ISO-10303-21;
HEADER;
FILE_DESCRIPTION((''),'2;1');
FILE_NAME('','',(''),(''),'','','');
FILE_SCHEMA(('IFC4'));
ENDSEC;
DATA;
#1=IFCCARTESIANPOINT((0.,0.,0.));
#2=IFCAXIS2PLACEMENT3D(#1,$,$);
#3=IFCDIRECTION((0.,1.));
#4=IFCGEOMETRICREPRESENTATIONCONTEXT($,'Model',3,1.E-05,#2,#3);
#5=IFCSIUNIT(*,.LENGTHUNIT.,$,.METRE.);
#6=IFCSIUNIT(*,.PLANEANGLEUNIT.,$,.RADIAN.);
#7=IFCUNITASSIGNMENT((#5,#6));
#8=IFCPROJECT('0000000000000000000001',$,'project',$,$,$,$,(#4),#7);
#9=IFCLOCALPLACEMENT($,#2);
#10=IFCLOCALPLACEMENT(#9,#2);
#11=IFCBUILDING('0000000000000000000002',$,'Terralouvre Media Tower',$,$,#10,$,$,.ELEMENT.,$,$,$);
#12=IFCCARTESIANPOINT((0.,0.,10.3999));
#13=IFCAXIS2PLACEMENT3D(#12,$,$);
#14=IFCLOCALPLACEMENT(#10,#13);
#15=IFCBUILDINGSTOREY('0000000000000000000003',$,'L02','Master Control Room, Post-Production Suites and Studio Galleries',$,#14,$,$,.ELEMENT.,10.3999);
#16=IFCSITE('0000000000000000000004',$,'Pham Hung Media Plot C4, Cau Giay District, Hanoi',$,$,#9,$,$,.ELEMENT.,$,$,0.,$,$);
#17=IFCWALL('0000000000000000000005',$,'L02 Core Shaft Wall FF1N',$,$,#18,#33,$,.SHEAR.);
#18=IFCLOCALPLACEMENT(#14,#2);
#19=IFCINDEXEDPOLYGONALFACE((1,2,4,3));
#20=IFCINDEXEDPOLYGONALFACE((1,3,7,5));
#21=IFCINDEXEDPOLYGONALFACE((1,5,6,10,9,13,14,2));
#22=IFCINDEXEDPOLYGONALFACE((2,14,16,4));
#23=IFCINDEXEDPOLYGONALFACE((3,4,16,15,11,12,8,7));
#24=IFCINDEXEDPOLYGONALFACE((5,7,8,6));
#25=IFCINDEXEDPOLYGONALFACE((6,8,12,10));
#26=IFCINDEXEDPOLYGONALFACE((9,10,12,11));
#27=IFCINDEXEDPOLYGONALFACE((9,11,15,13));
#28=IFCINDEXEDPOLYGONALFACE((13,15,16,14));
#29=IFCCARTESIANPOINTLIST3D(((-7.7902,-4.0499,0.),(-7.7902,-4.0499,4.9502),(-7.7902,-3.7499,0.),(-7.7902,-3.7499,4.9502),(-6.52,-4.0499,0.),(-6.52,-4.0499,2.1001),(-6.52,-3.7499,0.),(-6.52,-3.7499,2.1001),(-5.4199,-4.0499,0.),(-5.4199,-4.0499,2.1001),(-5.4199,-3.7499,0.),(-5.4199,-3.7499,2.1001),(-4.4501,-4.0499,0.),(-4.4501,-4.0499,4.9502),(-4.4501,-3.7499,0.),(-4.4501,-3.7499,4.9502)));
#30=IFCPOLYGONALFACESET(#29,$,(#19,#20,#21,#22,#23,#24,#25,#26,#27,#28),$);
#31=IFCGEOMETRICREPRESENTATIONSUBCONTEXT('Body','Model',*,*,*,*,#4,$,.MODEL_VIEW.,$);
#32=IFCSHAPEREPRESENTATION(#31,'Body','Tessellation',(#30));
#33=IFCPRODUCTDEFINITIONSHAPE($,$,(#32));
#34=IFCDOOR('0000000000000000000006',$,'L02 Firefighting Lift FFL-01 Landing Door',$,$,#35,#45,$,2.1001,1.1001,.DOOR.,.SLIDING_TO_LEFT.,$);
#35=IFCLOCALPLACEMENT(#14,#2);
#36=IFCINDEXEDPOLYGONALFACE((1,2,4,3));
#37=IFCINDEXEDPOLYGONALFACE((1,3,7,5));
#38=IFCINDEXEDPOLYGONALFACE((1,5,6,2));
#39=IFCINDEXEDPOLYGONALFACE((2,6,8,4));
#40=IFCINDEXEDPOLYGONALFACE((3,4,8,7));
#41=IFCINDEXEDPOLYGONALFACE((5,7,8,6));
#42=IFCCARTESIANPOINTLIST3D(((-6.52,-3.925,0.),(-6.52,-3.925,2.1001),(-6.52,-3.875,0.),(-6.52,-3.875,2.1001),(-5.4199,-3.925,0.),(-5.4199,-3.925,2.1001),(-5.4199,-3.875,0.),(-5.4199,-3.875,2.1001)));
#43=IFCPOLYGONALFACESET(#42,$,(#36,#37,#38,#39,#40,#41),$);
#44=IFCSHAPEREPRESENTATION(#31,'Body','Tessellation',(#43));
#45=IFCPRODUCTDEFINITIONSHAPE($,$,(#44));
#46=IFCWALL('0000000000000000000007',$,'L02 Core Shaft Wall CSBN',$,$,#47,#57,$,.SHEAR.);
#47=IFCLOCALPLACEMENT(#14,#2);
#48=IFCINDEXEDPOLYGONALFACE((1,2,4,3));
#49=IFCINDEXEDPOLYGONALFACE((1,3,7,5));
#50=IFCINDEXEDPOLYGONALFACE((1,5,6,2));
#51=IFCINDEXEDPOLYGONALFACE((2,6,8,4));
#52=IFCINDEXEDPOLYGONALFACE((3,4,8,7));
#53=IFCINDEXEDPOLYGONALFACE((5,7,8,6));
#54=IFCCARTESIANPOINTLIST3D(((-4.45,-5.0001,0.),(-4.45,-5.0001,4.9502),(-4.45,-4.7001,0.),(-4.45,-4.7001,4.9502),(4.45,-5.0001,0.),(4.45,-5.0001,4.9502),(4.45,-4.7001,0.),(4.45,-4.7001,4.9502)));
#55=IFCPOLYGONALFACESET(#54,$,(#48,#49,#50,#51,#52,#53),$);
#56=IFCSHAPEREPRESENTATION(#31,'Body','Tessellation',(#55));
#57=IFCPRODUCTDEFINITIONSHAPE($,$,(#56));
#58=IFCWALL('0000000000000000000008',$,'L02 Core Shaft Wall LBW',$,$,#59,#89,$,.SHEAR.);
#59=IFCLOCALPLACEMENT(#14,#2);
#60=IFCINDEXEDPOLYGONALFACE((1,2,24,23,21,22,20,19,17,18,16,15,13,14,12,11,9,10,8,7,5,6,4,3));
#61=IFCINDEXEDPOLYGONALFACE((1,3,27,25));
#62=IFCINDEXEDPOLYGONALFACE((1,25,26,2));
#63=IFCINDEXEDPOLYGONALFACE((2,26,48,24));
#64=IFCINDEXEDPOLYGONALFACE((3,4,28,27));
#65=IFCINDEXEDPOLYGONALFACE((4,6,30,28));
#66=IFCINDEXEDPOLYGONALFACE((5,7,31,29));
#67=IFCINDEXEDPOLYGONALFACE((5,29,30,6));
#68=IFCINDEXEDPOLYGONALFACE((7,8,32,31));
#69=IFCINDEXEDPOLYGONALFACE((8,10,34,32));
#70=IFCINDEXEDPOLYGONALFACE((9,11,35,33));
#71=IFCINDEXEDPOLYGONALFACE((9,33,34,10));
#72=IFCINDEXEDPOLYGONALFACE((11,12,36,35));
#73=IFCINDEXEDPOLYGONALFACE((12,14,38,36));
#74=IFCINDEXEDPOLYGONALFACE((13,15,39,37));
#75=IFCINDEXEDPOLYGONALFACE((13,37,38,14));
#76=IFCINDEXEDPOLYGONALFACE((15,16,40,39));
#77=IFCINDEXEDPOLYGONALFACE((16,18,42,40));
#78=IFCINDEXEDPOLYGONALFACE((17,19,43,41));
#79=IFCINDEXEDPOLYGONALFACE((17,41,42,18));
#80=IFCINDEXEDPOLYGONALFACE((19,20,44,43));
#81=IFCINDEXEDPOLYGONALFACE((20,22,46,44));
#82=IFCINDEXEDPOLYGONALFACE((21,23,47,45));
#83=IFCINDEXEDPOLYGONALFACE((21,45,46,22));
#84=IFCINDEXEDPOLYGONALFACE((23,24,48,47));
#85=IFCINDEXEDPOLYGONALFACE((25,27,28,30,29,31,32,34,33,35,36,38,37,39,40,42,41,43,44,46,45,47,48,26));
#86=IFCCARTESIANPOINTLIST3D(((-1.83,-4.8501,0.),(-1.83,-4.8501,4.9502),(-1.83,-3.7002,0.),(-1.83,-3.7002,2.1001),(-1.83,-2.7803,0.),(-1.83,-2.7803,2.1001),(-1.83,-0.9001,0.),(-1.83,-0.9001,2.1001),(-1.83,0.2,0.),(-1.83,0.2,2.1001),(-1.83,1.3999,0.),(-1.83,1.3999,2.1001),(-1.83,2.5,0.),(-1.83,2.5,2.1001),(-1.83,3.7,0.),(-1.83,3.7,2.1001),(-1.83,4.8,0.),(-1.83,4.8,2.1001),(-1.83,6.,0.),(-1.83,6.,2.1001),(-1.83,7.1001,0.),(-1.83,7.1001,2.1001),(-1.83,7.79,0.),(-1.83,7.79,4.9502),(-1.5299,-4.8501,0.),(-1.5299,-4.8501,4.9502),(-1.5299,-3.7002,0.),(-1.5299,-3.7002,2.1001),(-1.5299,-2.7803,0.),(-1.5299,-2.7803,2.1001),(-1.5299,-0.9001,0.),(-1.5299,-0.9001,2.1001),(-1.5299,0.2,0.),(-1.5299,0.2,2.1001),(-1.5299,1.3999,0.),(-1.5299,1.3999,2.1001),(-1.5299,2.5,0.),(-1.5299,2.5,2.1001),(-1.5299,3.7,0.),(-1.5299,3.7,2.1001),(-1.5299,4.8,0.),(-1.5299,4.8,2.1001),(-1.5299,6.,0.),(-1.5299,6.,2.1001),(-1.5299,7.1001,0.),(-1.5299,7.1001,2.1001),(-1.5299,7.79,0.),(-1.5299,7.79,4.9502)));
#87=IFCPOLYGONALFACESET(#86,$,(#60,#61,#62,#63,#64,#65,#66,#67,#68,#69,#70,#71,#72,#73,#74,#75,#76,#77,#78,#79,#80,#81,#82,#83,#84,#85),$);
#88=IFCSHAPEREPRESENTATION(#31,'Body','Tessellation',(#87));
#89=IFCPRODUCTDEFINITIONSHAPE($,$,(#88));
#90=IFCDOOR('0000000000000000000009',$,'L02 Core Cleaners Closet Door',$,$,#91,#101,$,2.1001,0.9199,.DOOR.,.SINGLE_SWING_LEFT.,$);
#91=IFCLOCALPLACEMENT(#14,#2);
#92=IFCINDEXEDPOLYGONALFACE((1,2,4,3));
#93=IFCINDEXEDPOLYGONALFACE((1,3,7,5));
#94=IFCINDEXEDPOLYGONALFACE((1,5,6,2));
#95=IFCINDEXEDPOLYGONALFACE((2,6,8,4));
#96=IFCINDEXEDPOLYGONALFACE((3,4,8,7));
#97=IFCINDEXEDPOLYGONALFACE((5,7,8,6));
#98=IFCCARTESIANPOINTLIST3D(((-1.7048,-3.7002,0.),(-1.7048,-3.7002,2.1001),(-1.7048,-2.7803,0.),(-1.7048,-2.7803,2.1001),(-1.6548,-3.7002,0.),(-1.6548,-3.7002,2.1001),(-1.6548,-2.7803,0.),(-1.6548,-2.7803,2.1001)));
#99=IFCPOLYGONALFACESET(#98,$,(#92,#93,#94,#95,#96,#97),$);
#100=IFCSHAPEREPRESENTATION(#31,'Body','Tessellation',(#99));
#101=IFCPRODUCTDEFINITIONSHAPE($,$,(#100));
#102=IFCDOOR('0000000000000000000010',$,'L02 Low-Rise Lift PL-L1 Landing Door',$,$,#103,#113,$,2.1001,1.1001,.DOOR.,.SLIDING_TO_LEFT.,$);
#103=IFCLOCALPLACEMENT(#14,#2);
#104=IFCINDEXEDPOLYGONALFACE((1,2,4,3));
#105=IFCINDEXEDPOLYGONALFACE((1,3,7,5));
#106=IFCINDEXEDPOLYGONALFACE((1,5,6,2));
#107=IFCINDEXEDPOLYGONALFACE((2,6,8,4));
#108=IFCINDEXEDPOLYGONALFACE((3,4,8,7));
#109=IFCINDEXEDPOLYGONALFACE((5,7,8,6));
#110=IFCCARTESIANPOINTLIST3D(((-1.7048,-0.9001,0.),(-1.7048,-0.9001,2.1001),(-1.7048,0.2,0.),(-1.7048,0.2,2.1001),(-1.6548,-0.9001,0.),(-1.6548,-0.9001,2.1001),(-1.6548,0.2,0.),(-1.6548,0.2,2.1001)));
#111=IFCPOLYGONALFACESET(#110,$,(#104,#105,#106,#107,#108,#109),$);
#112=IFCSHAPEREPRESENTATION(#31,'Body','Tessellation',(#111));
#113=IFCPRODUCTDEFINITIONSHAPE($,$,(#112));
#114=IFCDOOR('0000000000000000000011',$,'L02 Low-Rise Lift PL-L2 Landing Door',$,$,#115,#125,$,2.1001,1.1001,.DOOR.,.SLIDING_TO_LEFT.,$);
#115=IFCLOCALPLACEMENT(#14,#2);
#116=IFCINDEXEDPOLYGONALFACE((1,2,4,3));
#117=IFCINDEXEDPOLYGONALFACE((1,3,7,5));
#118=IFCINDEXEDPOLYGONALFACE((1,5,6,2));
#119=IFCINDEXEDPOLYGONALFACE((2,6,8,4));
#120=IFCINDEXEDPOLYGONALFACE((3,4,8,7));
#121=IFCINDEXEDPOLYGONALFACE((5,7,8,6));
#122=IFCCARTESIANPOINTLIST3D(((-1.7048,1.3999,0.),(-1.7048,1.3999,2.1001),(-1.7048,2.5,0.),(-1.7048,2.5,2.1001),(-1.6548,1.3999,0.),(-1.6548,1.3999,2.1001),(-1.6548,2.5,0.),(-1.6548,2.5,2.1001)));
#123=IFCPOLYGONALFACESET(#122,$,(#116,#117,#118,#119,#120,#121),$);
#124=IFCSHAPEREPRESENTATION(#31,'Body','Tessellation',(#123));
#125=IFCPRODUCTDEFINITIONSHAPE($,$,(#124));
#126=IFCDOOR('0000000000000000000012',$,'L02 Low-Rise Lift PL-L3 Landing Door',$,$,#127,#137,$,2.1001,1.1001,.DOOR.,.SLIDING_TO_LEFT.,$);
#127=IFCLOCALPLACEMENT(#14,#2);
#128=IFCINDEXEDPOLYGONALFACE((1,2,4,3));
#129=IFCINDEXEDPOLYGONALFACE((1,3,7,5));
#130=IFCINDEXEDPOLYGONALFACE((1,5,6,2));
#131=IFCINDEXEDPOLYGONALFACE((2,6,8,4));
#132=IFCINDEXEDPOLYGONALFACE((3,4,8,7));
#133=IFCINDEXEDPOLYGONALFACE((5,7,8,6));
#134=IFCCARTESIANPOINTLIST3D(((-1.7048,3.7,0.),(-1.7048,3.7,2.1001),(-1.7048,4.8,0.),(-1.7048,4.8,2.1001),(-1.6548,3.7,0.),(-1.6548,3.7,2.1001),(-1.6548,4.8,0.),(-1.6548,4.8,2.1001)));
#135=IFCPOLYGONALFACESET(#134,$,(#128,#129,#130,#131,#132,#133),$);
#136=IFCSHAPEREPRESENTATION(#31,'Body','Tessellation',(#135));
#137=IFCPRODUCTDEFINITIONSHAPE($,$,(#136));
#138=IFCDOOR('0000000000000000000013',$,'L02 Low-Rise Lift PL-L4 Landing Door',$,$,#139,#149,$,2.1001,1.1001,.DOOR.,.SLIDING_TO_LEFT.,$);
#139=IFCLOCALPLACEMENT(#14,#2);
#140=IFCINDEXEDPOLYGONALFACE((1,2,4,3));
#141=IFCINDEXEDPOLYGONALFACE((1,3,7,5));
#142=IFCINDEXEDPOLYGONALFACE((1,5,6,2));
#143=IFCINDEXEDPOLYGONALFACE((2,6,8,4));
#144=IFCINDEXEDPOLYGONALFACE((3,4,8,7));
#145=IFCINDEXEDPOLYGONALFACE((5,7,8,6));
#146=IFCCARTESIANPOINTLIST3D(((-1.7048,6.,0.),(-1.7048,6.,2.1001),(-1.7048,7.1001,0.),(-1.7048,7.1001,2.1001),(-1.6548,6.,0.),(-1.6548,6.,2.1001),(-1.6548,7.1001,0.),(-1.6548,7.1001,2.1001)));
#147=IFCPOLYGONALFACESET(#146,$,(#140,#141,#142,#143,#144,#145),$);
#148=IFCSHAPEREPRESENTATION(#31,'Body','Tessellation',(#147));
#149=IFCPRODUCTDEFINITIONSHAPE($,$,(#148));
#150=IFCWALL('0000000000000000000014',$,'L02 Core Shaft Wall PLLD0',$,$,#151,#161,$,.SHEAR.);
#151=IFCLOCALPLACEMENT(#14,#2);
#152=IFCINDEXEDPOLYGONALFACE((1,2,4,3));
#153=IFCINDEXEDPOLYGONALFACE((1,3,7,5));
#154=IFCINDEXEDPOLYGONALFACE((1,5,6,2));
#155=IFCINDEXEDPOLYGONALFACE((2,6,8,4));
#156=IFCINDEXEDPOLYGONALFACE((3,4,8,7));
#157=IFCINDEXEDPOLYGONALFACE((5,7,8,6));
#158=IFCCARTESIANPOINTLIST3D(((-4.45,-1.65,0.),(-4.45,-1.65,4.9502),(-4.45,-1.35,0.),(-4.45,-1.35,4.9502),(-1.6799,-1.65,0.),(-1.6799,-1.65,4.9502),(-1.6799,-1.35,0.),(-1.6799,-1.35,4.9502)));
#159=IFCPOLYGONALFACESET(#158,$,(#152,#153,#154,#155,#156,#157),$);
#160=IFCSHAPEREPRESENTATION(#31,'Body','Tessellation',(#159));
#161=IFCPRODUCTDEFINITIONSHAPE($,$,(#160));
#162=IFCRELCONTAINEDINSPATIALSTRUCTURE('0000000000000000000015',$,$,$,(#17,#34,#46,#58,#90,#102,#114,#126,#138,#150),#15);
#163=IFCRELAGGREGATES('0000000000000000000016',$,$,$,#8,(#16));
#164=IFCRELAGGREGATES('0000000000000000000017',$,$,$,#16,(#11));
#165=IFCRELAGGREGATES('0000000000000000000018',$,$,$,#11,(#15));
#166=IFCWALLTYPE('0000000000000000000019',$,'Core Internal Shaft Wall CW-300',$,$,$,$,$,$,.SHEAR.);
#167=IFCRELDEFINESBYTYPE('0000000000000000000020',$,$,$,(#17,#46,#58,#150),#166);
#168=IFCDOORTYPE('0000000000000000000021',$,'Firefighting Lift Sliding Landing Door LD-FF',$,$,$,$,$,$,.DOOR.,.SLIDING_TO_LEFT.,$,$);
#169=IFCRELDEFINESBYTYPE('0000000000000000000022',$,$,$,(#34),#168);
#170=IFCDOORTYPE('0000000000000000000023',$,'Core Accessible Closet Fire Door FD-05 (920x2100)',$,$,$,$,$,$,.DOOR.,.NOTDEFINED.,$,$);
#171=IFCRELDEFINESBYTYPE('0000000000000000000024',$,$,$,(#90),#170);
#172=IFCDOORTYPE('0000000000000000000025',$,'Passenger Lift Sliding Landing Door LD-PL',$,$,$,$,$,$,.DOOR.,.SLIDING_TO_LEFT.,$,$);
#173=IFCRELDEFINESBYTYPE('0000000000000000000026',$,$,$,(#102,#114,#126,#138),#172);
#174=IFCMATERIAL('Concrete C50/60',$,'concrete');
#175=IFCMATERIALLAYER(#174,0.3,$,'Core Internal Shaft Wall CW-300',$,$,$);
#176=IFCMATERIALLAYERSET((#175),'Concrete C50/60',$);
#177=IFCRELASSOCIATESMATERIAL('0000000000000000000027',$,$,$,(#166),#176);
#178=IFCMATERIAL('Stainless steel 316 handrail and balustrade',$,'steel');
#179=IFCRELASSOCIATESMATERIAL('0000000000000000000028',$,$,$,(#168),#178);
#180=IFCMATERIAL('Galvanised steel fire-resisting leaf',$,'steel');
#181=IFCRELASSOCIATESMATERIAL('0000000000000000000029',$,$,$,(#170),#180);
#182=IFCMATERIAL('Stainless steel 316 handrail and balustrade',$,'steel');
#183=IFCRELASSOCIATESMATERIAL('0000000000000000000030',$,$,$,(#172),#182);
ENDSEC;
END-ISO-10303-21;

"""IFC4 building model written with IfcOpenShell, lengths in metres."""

from ifc_helpers import new_model, si_unit, direction, frame, frame_2d, origin, place, context, subcontext, project, spatial, rectangle, extrude, material, layer, layer_set, type_object, element, fill, save


model = new_model("IFC4")

# Units and contexts
model_context = context("Model", 3, precision=1e-05, world=origin(), true_north=direction((0.0, 1.0)))
body_context = subcontext(model_context, "Body", "Model", "MODEL_VIEW")
ifc_project = project(units=[si_unit("LENGTHUNIT", "METRE"), si_unit("PLANEANGLEUNIT", "RADIAN")], contexts=[model_context])

# Site, building, storey
site_placement = place(None, origin())
site = spatial("IfcSite", under=ifc_project, at=site_placement, Name="Pham Hung Media Plot C4, Cau Giay District, Hanoi", CompositionType="ELEMENT", RefElevation=0.0)
building_placement = place(site_placement, origin())
building = spatial("IfcBuilding", under=site, at=building_placement, Name="Terralouvre Media Tower", CompositionType="ELEMENT")
storey_placement = place(building_placement, frame((0.0, 0.0, 10.3999)))
storey = spatial("IfcBuildingStorey", under=building, at=storey_placement, Name="L02", Description="Master Control Room, Post-Production Suites and Studio Galleries", CompositionType="ELEMENT", Elevation=10.3999)

# Wall, opening, door
ifc_material_1 = material(Name="Concrete C50/60", Category="concrete")
ifc_layer_1 = layer(ifc_material_1, 0.3, Name="Core Internal Shaft Wall CW-300")
ifc_layer_set_1 = layer_set([ifc_layer_1], Name="Concrete C50/60")
wall_type_1 = type_object("IfcWallType", Name="Core Internal Shaft Wall CW-300", PredefinedType="SHEAR", material=ifc_layer_set_1)
wall_1_placement = place(storey_placement, frame((-7.79, -3.8999, 0.0), z_axis=(0.0, 0.0, 1.0), x_axis=(1.0, 0.0, 0.0)))
wall_1 = element("IfcWall", 1, at=wall_1_placement, inside=storey, type_object=wall_type_1, Name="L02 Core Shaft Wall FF1N", PredefinedType="SHEAR", context=body_context, shape_type="SweptSolid", body=[
    extrude(rectangle(XDim=3.3401, YDim=0.3, at=frame_2d((1.6699, 0.0))), origin(), (0.0, 0.0, 1.0), 4.9502),
])
opening_1_placement = place(wall_1_placement, frame((1.27, 0.0, 0.0)))
opening_1 = element("IfcOpeningElement", 2, at=opening_1_placement, cuts=wall_1, PredefinedType="OPENING", context=body_context, shape_type="SweptSolid", body=[
    extrude(rectangle(XDim=1.1001, YDim=2.1001, at=frame_2d((0.55, 1.05))), frame((0.0, 0.1599, 0.0), z_axis=(0.0, -1.0, 0.0), x_axis=(1.0, 0.0, 0.0)), (0.0, 0.0, 1.0), 0.3201),
])
ifc_material_2 = material(Name="Stainless steel 316 handrail and balustrade", Category="steel")
door_type_1 = type_object("IfcDoorType", Name="Firefighting Lift Sliding Landing Door LD-FF", OperationType="SLIDING_TO_LEFT", PredefinedType="DOOR", material=ifc_material_2)
door_1_placement = place(opening_1_placement, origin())
door_1 = element("IfcDoor", 3, at=door_1_placement, inside=storey, type_object=door_type_1, Name="L02 Firefighting Lift FFL-01 Landing Door", OperationType="SLIDING_TO_LEFT", OverallHeight=2.1001, OverallWidth=1.1001, PredefinedType="DOOR", context=body_context, shape_type="SweptSolid", body=[
    extrude(rectangle(XDim=1.1001, YDim=2.1001, at=frame_2d((0.55, 1.05))), frame((0.0, 0.0249, 0.0), z_axis=(0.0, -1.0, 0.0), x_axis=(1.0, 0.0, 0.0)), (0.0, 0.0, 1.0), 0.05),
])
fill(opening_1, door_1)

# Wall
wall_2_placement = place(storey_placement, frame((-4.45, -4.8501, 0.0), z_axis=(0.0, 0.0, 1.0), x_axis=(1.0, 0.0, 0.0)))
element("IfcWall", 4, at=wall_2_placement, inside=storey, type_object=wall_type_1, Name="L02 Core Shaft Wall CSBN", PredefinedType="SHEAR", context=body_context, shape_type="SweptSolid", body=[
    extrude(rectangle(XDim=8.8999, YDim=0.3, at=frame_2d((4.45, 0.0))), origin(), (0.0, 0.0, 1.0), 4.9502),
])

# Wall, openings, doors
wall_3_placement = place(storey_placement, frame((-1.6799, -4.8501, 0.0), z_axis=(0.0, 0.0, 1.0), x_axis=(0.0, 1.0, 0.0)))
wall_3 = element("IfcWall", 5, at=wall_3_placement, inside=storey, type_object=wall_type_1, Name="L02 Core Shaft Wall LBW", PredefinedType="SHEAR", context=body_context, shape_type="SweptSolid", body=[
    extrude(rectangle(XDim=12.6401, YDim=0.3, at=frame_2d((6.3201, 0.0))), origin(), (0.0, 0.0, 1.0), 4.9502),
])
opening_2_placement = place(wall_3_placement, frame((3.95, 0.0, 0.0)))
opening_2 = element("IfcOpeningElement", 6, at=opening_2_placement, cuts=wall_3, PredefinedType="OPENING", context=body_context, shape_type="SweptSolid", body=[
    extrude(rectangle(XDim=1.1001, YDim=2.1001, at=frame_2d((0.55, 1.05))), frame((0.0, 0.1599, 0.0), z_axis=(0.0, -1.0, 0.0), x_axis=(1.0, 0.0, 0.0)), (0.0, 0.0, 1.0), 0.3201),
])
opening_3_placement = place(wall_3_placement, frame((6.25, 0.0, 0.0)))
opening_3 = element("IfcOpeningElement", 7, at=opening_3_placement, cuts=wall_3, PredefinedType="OPENING", context=body_context, shape_type="SweptSolid", body=[
    extrude(rectangle(XDim=1.1001, YDim=2.1001, at=frame_2d((0.55, 1.05))), frame((0.0, 0.1599, 0.0), z_axis=(0.0, -1.0, 0.0), x_axis=(1.0, 0.0, 0.0)), (0.0, 0.0, 1.0), 0.3201),
])
opening_4_placement = place(wall_3_placement, frame((8.55, 0.0, 0.0)))
opening_4 = element("IfcOpeningElement", 8, at=opening_4_placement, cuts=wall_3, PredefinedType="OPENING", context=body_context, shape_type="SweptSolid", body=[
    extrude(rectangle(XDim=1.1001, YDim=2.1001, at=frame_2d((0.55, 1.05))), frame((0.0, 0.1599, 0.0), z_axis=(0.0, -1.0, 0.0), x_axis=(1.0, 0.0, 0.0)), (0.0, 0.0, 1.0), 0.3201),
])
opening_5_placement = place(wall_3_placement, frame((10.8501, 0.0, 0.0)))
opening_5 = element("IfcOpeningElement", 9, at=opening_5_placement, cuts=wall_3, PredefinedType="OPENING", context=body_context, shape_type="SweptSolid", body=[
    extrude(rectangle(XDim=1.1001, YDim=2.1001, at=frame_2d((0.55, 1.05))), frame((0.0, 0.1599, 0.0), z_axis=(0.0, -1.0, 0.0), x_axis=(1.0, 0.0, 0.0)), (0.0, 0.0, 1.0), 0.3201),
])
opening_6_placement = place(wall_3_placement, frame((1.1499, 0.0, 0.0)))
opening_6 = element("IfcOpeningElement", 10, at=opening_6_placement, cuts=wall_3, PredefinedType="OPENING", context=body_context, shape_type="SweptSolid", body=[
    extrude(rectangle(XDim=0.9199, YDim=2.1001, at=frame_2d((0.46, 1.05))), frame((0.0, 0.1599, 0.0), z_axis=(0.0, -1.0, 0.0), x_axis=(1.0, 0.0, 0.0)), (0.0, 0.0, 1.0), 0.3201),
])
ifc_material_3 = material(Name="Galvanised steel fire-resisting leaf", Category="steel")
door_type_2 = type_object("IfcDoorType", Name="Core Accessible Closet Fire Door FD-05 (920x2100)", OperationType="NOTDEFINED", PredefinedType="DOOR", material=ifc_material_3)
door_2_placement = place(opening_6_placement, origin())
door_2 = element("IfcDoor", 11, at=door_2_placement, inside=storey, type_object=door_type_2, Name="L02 Core Cleaners Closet Door", OperationType="SINGLE_SWING_LEFT", OverallHeight=2.1001, OverallWidth=0.9199, PredefinedType="DOOR", context=body_context, shape_type="SweptSolid", body=[
    extrude(rectangle(XDim=0.9199, YDim=2.1001, at=frame_2d((0.46, 1.05))), frame((0.0, 0.0249, 0.0), z_axis=(0.0, -1.0, 0.0), x_axis=(1.0, 0.0, 0.0)), (0.0, 0.0, 1.0), 0.05),
])
fill(opening_6, door_2)
ifc_material_4 = material(Name="Stainless steel 316 handrail and balustrade", Category="steel")
door_type_3 = type_object("IfcDoorType", Name="Passenger Lift Sliding Landing Door LD-PL", OperationType="SLIDING_TO_LEFT", PredefinedType="DOOR", material=ifc_material_4)
door_3_placement = place(opening_2_placement, origin())
door_3 = element("IfcDoor", 12, at=door_3_placement, inside=storey, type_object=door_type_3, Name="L02 Low-Rise Lift PL-L1 Landing Door", OperationType="SLIDING_TO_LEFT", OverallHeight=2.1001, OverallWidth=1.1001, PredefinedType="DOOR", context=body_context, shape_type="SweptSolid", body=[
    extrude(rectangle(XDim=1.1001, YDim=2.1001, at=frame_2d((0.55, 1.05))), frame((0.0, 0.0249, 0.0), z_axis=(0.0, -1.0, 0.0), x_axis=(1.0, 0.0, 0.0)), (0.0, 0.0, 1.0), 0.05),
])
fill(opening_2, door_3)
door_4_placement = place(opening_3_placement, origin())
door_4 = element("IfcDoor", 13, at=door_4_placement, inside=storey, type_object=door_type_3, Name="L02 Low-Rise Lift PL-L2 Landing Door", OperationType="SLIDING_TO_LEFT", OverallHeight=2.1001, OverallWidth=1.1001, PredefinedType="DOOR", context=body_context, shape_type="SweptSolid", body=[
    extrude(rectangle(XDim=1.1001, YDim=2.1001, at=frame_2d((0.55, 1.05))), frame((0.0, 0.0249, 0.0), z_axis=(0.0, -1.0, 0.0), x_axis=(1.0, 0.0, 0.0)), (0.0, 0.0, 1.0), 0.05),
])
fill(opening_3, door_4)
door_5_placement = place(opening_4_placement, origin())
door_5 = element("IfcDoor", 14, at=door_5_placement, inside=storey, type_object=door_type_3, Name="L02 Low-Rise Lift PL-L3 Landing Door", OperationType="SLIDING_TO_LEFT", OverallHeight=2.1001, OverallWidth=1.1001, PredefinedType="DOOR", context=body_context, shape_type="SweptSolid", body=[
    extrude(rectangle(XDim=1.1001, YDim=2.1001, at=frame_2d((0.55, 1.05))), frame((0.0, 0.0249, 0.0), z_axis=(0.0, -1.0, 0.0), x_axis=(1.0, 0.0, 0.0)), (0.0, 0.0, 1.0), 0.05),
])
fill(opening_4, door_5)
door_6_placement = place(opening_5_placement, origin())
door_6 = element("IfcDoor", 15, at=door_6_placement, inside=storey, type_object=door_type_3, Name="L02 Low-Rise Lift PL-L4 Landing Door", OperationType="SLIDING_TO_LEFT", OverallHeight=2.1001, OverallWidth=1.1001, PredefinedType="DOOR", context=body_context, shape_type="SweptSolid", body=[
    extrude(rectangle(XDim=1.1001, YDim=2.1001, at=frame_2d((0.55, 1.05))), frame((0.0, 0.0249, 0.0), z_axis=(0.0, -1.0, 0.0), x_axis=(1.0, 0.0, 0.0)), (0.0, 0.0, 1.0), 0.05),
])
fill(opening_5, door_6)

# Wall
wall_4_placement = place(storey_placement, frame((-4.45, -1.5, 0.0), z_axis=(0.0, 0.0, 1.0), x_axis=(1.0, 0.0, 0.0)))
element("IfcWall", 16, at=wall_4_placement, inside=storey, type_object=wall_type_1, Name="L02 Core Shaft Wall PLLD0", PredefinedType="SHEAR", context=body_context, shape_type="SweptSolid", body=[
    extrude(rectangle(XDim=2.77, YDim=0.3, at=frame_2d((1.385, 0.0))), origin(), (0.0, 0.0, 1.0), 4.9502),
])

save(model, "model.ifc")
